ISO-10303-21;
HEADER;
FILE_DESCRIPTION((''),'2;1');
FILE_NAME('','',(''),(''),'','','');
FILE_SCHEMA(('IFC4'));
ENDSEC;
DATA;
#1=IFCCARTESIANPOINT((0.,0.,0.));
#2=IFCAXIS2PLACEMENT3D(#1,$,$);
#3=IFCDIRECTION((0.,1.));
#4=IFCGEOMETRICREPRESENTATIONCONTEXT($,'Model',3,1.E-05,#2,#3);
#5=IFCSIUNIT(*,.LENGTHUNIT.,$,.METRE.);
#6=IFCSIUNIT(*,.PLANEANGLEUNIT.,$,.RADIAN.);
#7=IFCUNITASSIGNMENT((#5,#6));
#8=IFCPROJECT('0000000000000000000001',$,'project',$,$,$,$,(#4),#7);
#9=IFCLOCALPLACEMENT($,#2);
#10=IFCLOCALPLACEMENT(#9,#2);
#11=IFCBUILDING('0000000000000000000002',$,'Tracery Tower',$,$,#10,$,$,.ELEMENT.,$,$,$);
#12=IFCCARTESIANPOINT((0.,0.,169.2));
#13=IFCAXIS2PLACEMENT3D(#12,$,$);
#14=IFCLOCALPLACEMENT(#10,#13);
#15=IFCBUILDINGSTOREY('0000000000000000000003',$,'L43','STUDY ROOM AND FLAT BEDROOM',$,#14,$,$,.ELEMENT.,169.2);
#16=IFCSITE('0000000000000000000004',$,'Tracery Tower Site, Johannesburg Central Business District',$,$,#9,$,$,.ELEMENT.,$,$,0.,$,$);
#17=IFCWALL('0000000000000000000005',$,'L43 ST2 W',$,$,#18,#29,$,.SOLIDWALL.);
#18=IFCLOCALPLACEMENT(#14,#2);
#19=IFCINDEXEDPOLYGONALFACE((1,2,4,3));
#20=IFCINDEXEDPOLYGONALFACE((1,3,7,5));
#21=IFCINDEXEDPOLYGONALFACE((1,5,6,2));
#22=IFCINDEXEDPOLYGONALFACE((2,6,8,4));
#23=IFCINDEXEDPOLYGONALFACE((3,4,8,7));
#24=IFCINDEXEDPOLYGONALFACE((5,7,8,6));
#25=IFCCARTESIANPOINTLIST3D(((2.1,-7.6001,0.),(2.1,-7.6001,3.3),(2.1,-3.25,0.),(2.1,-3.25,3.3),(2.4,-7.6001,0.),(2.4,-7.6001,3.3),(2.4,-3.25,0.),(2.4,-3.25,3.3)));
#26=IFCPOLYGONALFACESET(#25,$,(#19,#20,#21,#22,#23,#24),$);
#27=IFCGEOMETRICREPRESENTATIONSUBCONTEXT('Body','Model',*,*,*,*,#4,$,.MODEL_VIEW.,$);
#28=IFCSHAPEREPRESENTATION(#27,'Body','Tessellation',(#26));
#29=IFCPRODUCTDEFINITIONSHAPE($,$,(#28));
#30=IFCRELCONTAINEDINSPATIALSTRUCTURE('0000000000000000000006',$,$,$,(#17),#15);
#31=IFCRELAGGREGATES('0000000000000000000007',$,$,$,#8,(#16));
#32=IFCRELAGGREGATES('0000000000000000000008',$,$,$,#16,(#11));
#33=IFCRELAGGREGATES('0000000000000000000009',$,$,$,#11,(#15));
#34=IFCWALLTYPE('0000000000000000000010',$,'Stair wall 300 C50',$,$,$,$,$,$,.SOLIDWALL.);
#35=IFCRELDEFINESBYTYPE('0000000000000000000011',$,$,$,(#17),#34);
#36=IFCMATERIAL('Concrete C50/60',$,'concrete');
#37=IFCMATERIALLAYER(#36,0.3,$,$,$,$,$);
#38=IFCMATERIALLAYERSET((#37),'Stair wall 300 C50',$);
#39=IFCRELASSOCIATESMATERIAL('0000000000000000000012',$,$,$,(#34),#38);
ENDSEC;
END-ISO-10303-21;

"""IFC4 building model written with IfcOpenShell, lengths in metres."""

from ifc_helpers import new_model, si_unit, direction, frame, frame_2d, origin, place, context, subcontext, project, spatial, rectangle, extrude, material, layer, layer_set, type_object, element, save


model = new_model("IFC4")

# Units and contexts
model_context = context("Model", 3, precision=1e-05, world=origin(), true_north=direction((0.0, 1.0)))
body_context = subcontext(model_context, "Body", "Model", "MODEL_VIEW")
ifc_project = project(units=[si_unit("LENGTHUNIT", "METRE"), si_unit("PLANEANGLEUNIT", "RADIAN")], contexts=[model_context])

# Site, building, storey
site_placement = place(None, origin())
site = spatial("IfcSite", under=ifc_project, at=site_placement, Name="Tracery Tower Site, Johannesburg Central Business District", CompositionType="ELEMENT", RefElevation=0.0)
building_placement = place(site_placement, origin())
building = spatial("IfcBuilding", under=site, at=building_placement, Name="Tracery Tower", CompositionType="ELEMENT")
storey_placement = place(building_placement, frame((0.0, 0.0, 169.2)))
storey = spatial("IfcBuildingStorey", under=building, at=storey_placement, Name="L43", Description="STUDY ROOM AND FLAT BEDROOM", CompositionType="ELEMENT", Elevation=169.2)

# Wall
ifc_material_1 = material(Name="Concrete C50/60", Category="concrete")
ifc_layer_1 = layer(ifc_material_1, 0.3)
ifc_layer_set_1 = layer_set([ifc_layer_1], Name="Stair wall 300 C50")
wall_type_1 = type_object("IfcWallType", Name="Stair wall 300 C50", PredefinedType="SOLIDWALL", material=ifc_layer_set_1)
wall_1_placement = place(storey_placement, frame((2.25, -7.6001, 0.0), z_axis=(0.0, 0.0, 1.0), x_axis=(0.0, 1.0, 0.0)))
element("IfcWall", 1, at=wall_1_placement, inside=storey, type_object=wall_type_1, Name="L43 ST2 W", PredefinedType="SOLIDWALL", context=body_context, shape_type="SweptSolid", body=[
    extrude(rectangle(XDim=4.3501, YDim=0.3, at=frame_2d((2.175, 0.0))), origin(), (0.0, 0.0, 1.0), 3.3),
])

save(model, "model.ifc")
